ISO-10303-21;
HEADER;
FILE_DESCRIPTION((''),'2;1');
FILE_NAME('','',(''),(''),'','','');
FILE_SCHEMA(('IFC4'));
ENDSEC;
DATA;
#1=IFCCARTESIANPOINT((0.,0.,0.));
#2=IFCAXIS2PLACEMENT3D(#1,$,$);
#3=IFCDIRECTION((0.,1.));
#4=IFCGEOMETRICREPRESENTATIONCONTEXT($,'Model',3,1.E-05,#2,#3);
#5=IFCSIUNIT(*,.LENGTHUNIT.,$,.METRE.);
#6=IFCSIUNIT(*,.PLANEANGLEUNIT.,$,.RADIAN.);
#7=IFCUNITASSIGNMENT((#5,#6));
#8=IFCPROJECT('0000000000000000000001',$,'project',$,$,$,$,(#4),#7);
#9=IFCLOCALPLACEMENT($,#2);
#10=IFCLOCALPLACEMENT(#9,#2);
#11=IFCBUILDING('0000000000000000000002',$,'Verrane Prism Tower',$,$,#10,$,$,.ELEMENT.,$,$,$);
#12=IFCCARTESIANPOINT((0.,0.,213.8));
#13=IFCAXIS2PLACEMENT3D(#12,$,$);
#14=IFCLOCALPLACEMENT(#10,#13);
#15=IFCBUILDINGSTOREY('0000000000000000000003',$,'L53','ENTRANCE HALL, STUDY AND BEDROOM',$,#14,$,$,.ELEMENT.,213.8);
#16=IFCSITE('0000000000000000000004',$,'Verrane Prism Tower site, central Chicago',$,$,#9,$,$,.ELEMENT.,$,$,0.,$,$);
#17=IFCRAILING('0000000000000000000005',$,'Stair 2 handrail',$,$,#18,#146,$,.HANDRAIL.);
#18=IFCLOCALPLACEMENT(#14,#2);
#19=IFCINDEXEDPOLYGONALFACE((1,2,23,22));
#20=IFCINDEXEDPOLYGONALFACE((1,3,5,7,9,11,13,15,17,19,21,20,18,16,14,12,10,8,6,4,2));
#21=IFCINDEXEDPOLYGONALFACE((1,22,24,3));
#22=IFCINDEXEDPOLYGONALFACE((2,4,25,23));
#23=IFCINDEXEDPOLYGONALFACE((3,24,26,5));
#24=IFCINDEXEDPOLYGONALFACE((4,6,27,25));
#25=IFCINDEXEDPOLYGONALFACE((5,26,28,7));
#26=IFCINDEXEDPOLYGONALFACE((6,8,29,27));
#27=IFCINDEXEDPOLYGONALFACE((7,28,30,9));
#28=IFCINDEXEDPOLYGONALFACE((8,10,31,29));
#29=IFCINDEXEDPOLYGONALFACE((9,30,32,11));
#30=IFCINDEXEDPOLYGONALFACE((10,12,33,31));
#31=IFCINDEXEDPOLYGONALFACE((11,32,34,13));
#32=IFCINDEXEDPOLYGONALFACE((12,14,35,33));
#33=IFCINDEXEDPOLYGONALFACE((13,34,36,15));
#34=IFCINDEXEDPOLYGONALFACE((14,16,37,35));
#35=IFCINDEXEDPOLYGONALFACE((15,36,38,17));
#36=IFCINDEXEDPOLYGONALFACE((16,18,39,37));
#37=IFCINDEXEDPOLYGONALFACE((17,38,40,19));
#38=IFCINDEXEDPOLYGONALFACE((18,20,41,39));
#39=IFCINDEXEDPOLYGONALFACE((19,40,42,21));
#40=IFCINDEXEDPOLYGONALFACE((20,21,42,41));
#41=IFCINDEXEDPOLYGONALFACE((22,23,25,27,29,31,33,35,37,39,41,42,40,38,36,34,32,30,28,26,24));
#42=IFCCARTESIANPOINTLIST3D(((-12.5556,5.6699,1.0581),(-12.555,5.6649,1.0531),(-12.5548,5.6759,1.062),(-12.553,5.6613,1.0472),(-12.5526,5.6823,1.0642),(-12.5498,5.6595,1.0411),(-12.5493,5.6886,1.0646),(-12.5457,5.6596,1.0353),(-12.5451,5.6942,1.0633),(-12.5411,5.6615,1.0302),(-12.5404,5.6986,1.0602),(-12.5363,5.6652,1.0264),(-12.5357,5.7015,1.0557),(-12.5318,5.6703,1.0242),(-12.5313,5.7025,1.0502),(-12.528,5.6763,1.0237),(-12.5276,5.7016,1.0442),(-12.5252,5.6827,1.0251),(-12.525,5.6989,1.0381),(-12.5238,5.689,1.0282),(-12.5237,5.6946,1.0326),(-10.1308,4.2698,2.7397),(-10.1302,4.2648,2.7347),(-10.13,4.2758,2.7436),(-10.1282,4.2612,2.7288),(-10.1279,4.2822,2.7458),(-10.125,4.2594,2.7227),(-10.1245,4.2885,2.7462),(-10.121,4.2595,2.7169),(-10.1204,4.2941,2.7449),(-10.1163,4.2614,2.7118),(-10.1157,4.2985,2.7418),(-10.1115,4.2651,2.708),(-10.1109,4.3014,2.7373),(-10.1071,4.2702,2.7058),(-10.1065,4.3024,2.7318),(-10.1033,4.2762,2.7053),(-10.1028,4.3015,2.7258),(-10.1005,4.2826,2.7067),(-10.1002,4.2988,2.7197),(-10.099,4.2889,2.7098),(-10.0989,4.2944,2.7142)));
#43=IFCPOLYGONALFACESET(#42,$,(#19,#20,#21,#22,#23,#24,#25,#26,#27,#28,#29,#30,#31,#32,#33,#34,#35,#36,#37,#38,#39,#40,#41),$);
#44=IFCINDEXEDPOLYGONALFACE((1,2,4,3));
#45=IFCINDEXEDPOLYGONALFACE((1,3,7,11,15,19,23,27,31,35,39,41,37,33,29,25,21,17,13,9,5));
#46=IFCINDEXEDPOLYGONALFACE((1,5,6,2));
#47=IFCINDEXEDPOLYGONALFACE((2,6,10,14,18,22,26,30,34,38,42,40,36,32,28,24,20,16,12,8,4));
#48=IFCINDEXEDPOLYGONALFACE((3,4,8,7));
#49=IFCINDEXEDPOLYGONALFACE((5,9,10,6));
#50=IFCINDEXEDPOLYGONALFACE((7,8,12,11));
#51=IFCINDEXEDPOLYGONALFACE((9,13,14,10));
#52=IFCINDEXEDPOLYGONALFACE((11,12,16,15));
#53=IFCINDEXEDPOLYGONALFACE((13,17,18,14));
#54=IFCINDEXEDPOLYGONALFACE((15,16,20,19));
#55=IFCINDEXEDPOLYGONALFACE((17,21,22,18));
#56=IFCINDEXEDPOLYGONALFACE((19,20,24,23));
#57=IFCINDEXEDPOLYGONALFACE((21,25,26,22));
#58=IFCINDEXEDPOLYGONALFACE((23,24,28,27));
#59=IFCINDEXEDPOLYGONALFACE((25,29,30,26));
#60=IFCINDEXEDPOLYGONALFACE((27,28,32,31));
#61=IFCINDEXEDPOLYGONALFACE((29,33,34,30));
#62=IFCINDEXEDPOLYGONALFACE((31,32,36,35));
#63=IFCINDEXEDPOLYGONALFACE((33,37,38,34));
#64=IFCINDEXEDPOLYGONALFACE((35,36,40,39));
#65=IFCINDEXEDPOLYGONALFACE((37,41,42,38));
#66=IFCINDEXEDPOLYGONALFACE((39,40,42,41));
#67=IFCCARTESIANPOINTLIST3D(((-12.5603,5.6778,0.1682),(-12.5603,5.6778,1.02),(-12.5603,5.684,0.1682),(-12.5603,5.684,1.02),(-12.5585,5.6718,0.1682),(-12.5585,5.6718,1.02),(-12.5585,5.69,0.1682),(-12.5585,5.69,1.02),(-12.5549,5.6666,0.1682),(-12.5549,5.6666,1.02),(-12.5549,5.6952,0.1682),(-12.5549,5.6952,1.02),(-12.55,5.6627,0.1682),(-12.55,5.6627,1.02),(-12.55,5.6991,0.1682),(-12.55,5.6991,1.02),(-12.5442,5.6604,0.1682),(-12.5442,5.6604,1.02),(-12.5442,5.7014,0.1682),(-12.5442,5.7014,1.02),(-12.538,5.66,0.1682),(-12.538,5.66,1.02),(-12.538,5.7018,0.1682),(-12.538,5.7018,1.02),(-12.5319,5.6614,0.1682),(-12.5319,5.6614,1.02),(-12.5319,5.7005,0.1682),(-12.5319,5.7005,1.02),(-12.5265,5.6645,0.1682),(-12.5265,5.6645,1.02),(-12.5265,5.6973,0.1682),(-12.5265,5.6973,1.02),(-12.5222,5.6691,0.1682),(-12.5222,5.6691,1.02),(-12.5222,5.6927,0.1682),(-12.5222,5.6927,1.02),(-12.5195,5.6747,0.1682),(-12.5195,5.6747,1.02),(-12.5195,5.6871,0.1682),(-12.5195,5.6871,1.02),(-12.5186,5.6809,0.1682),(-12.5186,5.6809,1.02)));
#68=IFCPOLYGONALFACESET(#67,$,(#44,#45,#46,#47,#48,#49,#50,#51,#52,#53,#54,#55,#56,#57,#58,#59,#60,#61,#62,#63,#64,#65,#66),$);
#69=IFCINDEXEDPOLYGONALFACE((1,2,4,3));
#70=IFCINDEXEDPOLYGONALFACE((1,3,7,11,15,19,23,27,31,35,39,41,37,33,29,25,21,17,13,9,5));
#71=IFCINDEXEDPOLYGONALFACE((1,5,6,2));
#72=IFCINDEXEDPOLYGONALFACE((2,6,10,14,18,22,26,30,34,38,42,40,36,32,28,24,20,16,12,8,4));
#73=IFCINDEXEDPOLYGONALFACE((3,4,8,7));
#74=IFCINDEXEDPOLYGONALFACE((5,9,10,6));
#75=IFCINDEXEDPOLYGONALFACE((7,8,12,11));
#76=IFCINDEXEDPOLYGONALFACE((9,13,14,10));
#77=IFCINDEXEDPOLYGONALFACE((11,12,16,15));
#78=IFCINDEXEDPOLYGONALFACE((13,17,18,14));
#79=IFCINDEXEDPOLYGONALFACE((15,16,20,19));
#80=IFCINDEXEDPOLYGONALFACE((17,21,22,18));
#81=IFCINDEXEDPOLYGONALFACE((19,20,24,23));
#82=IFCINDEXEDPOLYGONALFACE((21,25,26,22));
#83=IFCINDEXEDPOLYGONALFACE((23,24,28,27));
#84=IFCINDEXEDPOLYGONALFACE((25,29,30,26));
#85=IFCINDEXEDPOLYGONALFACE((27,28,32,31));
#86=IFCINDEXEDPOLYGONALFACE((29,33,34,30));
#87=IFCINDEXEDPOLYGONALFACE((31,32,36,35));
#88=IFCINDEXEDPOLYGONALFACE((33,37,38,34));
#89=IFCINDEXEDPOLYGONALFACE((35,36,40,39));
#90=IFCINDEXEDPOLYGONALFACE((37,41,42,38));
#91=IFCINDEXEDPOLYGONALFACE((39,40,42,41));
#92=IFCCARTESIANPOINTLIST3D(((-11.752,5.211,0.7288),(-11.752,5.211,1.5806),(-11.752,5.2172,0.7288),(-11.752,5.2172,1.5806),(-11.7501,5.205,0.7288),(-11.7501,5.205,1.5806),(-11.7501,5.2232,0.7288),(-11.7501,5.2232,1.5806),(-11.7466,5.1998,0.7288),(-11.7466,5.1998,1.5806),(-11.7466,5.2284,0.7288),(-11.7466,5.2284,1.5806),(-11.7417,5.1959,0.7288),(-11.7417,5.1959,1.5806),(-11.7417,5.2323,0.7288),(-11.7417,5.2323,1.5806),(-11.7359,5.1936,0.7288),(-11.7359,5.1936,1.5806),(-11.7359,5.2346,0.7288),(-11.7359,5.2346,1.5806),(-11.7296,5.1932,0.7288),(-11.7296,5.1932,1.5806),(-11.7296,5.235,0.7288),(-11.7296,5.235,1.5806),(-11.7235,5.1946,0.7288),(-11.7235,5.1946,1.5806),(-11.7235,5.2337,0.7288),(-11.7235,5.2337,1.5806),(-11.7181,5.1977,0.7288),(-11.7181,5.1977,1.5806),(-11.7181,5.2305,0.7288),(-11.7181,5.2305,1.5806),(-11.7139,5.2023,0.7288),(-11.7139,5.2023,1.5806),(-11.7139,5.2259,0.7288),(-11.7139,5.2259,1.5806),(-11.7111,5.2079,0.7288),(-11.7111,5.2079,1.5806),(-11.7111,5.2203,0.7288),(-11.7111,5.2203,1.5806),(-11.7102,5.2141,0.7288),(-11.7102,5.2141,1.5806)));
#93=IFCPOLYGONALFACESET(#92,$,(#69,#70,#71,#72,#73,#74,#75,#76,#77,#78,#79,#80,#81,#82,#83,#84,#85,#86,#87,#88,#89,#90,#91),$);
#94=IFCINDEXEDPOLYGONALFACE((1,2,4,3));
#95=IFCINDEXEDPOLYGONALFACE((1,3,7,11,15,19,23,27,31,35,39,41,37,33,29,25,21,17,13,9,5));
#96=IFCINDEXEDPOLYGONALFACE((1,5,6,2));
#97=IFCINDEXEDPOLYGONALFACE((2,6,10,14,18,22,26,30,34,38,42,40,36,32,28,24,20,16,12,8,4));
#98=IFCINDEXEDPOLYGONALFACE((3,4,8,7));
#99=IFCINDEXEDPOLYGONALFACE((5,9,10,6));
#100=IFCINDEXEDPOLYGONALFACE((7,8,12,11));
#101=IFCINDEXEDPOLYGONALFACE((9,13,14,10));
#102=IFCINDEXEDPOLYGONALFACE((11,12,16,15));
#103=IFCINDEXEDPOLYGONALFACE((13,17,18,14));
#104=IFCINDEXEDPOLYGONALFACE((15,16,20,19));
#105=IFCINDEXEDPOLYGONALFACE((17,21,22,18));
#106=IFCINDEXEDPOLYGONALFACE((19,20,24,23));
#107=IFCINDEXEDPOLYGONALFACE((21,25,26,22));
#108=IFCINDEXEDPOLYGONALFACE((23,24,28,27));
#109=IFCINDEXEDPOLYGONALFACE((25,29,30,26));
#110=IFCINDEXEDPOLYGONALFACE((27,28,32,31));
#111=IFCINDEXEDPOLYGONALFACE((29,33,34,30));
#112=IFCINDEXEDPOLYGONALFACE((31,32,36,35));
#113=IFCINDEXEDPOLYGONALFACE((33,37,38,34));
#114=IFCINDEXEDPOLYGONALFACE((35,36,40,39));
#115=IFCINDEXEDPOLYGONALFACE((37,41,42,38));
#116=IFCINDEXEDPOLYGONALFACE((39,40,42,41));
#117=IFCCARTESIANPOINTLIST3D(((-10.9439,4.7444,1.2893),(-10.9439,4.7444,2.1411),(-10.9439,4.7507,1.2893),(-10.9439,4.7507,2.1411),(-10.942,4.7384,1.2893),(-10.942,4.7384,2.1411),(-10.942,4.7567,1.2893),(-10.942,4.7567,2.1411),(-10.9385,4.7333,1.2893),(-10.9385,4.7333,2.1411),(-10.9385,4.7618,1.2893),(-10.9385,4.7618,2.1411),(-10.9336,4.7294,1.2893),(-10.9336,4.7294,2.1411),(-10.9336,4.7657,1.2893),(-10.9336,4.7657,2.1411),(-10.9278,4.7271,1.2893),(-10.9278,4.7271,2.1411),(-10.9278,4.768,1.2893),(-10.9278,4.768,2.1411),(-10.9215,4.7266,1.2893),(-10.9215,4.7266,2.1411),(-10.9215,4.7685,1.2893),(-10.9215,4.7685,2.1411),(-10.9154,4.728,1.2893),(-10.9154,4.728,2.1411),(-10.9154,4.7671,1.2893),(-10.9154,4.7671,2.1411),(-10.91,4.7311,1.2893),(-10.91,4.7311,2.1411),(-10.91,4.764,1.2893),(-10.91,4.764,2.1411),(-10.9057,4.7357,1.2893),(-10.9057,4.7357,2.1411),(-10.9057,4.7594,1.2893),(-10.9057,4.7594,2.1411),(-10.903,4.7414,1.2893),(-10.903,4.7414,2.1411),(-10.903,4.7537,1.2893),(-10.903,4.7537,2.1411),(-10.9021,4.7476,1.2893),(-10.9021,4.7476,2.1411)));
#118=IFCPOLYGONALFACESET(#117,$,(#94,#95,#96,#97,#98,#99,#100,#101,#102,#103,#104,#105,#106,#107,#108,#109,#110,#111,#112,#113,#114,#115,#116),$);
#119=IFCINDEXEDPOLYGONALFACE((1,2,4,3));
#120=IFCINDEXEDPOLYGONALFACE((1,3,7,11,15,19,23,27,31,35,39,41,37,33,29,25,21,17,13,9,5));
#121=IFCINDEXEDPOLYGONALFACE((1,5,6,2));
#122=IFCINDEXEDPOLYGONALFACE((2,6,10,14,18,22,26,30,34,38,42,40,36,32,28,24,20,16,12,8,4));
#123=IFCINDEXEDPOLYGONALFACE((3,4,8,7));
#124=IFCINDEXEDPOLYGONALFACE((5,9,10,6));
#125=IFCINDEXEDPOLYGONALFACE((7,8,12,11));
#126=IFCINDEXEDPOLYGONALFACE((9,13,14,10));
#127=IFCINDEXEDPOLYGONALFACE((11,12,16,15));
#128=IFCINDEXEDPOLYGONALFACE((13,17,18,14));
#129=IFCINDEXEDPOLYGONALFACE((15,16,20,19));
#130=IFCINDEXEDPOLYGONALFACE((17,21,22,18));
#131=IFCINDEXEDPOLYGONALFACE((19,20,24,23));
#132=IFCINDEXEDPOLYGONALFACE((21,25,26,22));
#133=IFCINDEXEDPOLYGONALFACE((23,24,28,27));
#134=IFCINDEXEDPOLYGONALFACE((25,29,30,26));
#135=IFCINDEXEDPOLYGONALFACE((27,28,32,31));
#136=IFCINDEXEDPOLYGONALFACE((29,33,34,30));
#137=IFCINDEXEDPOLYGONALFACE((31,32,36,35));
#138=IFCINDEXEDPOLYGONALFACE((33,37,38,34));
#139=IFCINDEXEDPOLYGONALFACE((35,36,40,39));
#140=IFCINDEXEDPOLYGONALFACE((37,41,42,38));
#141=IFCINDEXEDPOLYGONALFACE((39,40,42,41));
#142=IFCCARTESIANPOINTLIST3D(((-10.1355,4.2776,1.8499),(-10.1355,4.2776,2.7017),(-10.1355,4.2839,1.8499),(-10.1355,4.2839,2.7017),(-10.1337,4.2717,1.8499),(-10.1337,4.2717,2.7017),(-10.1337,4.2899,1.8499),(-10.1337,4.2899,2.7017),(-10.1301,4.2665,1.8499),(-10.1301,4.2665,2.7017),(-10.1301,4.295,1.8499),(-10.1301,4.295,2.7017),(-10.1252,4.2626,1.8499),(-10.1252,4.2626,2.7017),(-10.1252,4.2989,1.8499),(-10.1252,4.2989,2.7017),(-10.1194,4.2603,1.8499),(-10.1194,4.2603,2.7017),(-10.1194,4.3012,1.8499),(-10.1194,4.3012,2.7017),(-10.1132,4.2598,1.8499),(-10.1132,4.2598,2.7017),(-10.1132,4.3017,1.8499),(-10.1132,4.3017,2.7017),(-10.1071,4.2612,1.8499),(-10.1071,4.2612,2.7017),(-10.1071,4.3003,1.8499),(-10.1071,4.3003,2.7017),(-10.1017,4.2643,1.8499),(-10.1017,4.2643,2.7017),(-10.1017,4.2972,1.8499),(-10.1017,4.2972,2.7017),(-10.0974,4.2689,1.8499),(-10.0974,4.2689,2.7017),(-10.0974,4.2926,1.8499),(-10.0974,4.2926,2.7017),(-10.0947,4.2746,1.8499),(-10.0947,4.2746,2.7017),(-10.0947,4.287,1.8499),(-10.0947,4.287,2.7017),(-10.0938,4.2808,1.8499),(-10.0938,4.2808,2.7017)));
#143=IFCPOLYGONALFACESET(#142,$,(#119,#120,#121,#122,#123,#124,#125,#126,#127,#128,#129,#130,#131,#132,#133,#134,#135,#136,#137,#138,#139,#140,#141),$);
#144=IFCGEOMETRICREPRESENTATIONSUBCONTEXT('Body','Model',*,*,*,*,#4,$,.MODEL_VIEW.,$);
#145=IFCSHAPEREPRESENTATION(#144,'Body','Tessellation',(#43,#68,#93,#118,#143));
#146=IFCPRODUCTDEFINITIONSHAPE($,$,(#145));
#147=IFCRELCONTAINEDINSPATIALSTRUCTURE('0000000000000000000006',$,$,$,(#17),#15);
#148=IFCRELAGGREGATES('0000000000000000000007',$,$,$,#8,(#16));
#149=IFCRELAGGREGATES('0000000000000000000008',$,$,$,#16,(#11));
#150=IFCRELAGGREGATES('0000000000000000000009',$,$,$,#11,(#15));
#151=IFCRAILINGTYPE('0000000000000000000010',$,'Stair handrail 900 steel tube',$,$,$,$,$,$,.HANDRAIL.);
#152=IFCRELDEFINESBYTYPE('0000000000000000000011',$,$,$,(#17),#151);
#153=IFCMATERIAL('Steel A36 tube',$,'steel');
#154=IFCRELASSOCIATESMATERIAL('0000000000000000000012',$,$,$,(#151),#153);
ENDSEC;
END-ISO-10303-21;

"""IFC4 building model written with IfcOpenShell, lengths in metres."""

from ifc_helpers import new_model, si_unit, direction, frame, origin, origin_2d, place, context, subcontext, project, spatial, circle, extrude, material, type_object, element, save


model = new_model("IFC4")

# Units and contexts
model_context = context("Model", 3, precision=1e-05, world=origin(), true_north=direction((0.0, 1.0)))
body_context = subcontext(model_context, "Body", "Model", "MODEL_VIEW")
ifc_project = project(units=[si_unit("LENGTHUNIT", "METRE"), si_unit("PLANEANGLEUNIT", "RADIAN")], contexts=[model_context])

# Site, building, storey
site_placement = place(None, origin())
site = spatial("IfcSite", under=ifc_project, at=site_placement, Name="Verrane Prism Tower site, central Chicago", CompositionType="ELEMENT", RefElevation=0.0)
building_placement = place(site_placement, origin())
building = spatial("IfcBuilding", under=site, at=building_placement, Name="Verrane Prism Tower", CompositionType="ELEMENT")
storey_placement = place(building_placement, frame((0.0, 0.0, 213.8)))
storey = spatial("IfcBuildingStorey", under=building, at=storey_placement, Name="L53", Description="ENTRANCE HALL, STUDY AND BEDROOM", CompositionType="ELEMENT", Elevation=213.8)

# Railing
ifc_material_1 = material(Name="Steel A36 tube", Category="steel")
railing_type_1 = type_object("IfcRailingType", Name="Stair handrail 900 steel tube", PredefinedType="HANDRAIL", material=ifc_material_1)
railing_1_placement = place(storey_placement, frame((-12.5396, 5.6809, 0.1682)))
element("IfcRailing", 1, at=railing_1_placement, inside=storey, type_object=railing_type_1, Name="Stair 2 handrail", PredefinedType="HANDRAIL", context=body_context, shape_type="SweptSolid", body=[
    extrude(circle(Radius=0.0239, at=origin_2d()), frame((0.0, 0.0, 0.876), z_axis=(0.742395, -0.428679, 0.514863), x_axis=(0.50005, 0.865997, 0.0)), (0.0, 0.0, 1.0), 3.2661),
    extrude(circle(Radius=0.021, at=origin_2d()), origin(), (0.0, 0.0, 1.0), 0.8518),
    extrude(circle(Radius=0.021, at=origin_2d()), frame((0.8083, -0.4668, 0.5605)), (0.0, 0.0, 1.0), 0.8518),
    extrude(circle(Radius=0.021, at=origin_2d()), frame((1.6165, -0.9333, 1.1211)), (0.0, 0.0, 1.0), 0.8518),
    extrude(circle(Radius=0.021, at=origin_2d()), frame((2.4248, -1.4001, 1.6816)), (0.0, 0.0, 1.0), 0.8518),
])

save(model, "model.ifc")
